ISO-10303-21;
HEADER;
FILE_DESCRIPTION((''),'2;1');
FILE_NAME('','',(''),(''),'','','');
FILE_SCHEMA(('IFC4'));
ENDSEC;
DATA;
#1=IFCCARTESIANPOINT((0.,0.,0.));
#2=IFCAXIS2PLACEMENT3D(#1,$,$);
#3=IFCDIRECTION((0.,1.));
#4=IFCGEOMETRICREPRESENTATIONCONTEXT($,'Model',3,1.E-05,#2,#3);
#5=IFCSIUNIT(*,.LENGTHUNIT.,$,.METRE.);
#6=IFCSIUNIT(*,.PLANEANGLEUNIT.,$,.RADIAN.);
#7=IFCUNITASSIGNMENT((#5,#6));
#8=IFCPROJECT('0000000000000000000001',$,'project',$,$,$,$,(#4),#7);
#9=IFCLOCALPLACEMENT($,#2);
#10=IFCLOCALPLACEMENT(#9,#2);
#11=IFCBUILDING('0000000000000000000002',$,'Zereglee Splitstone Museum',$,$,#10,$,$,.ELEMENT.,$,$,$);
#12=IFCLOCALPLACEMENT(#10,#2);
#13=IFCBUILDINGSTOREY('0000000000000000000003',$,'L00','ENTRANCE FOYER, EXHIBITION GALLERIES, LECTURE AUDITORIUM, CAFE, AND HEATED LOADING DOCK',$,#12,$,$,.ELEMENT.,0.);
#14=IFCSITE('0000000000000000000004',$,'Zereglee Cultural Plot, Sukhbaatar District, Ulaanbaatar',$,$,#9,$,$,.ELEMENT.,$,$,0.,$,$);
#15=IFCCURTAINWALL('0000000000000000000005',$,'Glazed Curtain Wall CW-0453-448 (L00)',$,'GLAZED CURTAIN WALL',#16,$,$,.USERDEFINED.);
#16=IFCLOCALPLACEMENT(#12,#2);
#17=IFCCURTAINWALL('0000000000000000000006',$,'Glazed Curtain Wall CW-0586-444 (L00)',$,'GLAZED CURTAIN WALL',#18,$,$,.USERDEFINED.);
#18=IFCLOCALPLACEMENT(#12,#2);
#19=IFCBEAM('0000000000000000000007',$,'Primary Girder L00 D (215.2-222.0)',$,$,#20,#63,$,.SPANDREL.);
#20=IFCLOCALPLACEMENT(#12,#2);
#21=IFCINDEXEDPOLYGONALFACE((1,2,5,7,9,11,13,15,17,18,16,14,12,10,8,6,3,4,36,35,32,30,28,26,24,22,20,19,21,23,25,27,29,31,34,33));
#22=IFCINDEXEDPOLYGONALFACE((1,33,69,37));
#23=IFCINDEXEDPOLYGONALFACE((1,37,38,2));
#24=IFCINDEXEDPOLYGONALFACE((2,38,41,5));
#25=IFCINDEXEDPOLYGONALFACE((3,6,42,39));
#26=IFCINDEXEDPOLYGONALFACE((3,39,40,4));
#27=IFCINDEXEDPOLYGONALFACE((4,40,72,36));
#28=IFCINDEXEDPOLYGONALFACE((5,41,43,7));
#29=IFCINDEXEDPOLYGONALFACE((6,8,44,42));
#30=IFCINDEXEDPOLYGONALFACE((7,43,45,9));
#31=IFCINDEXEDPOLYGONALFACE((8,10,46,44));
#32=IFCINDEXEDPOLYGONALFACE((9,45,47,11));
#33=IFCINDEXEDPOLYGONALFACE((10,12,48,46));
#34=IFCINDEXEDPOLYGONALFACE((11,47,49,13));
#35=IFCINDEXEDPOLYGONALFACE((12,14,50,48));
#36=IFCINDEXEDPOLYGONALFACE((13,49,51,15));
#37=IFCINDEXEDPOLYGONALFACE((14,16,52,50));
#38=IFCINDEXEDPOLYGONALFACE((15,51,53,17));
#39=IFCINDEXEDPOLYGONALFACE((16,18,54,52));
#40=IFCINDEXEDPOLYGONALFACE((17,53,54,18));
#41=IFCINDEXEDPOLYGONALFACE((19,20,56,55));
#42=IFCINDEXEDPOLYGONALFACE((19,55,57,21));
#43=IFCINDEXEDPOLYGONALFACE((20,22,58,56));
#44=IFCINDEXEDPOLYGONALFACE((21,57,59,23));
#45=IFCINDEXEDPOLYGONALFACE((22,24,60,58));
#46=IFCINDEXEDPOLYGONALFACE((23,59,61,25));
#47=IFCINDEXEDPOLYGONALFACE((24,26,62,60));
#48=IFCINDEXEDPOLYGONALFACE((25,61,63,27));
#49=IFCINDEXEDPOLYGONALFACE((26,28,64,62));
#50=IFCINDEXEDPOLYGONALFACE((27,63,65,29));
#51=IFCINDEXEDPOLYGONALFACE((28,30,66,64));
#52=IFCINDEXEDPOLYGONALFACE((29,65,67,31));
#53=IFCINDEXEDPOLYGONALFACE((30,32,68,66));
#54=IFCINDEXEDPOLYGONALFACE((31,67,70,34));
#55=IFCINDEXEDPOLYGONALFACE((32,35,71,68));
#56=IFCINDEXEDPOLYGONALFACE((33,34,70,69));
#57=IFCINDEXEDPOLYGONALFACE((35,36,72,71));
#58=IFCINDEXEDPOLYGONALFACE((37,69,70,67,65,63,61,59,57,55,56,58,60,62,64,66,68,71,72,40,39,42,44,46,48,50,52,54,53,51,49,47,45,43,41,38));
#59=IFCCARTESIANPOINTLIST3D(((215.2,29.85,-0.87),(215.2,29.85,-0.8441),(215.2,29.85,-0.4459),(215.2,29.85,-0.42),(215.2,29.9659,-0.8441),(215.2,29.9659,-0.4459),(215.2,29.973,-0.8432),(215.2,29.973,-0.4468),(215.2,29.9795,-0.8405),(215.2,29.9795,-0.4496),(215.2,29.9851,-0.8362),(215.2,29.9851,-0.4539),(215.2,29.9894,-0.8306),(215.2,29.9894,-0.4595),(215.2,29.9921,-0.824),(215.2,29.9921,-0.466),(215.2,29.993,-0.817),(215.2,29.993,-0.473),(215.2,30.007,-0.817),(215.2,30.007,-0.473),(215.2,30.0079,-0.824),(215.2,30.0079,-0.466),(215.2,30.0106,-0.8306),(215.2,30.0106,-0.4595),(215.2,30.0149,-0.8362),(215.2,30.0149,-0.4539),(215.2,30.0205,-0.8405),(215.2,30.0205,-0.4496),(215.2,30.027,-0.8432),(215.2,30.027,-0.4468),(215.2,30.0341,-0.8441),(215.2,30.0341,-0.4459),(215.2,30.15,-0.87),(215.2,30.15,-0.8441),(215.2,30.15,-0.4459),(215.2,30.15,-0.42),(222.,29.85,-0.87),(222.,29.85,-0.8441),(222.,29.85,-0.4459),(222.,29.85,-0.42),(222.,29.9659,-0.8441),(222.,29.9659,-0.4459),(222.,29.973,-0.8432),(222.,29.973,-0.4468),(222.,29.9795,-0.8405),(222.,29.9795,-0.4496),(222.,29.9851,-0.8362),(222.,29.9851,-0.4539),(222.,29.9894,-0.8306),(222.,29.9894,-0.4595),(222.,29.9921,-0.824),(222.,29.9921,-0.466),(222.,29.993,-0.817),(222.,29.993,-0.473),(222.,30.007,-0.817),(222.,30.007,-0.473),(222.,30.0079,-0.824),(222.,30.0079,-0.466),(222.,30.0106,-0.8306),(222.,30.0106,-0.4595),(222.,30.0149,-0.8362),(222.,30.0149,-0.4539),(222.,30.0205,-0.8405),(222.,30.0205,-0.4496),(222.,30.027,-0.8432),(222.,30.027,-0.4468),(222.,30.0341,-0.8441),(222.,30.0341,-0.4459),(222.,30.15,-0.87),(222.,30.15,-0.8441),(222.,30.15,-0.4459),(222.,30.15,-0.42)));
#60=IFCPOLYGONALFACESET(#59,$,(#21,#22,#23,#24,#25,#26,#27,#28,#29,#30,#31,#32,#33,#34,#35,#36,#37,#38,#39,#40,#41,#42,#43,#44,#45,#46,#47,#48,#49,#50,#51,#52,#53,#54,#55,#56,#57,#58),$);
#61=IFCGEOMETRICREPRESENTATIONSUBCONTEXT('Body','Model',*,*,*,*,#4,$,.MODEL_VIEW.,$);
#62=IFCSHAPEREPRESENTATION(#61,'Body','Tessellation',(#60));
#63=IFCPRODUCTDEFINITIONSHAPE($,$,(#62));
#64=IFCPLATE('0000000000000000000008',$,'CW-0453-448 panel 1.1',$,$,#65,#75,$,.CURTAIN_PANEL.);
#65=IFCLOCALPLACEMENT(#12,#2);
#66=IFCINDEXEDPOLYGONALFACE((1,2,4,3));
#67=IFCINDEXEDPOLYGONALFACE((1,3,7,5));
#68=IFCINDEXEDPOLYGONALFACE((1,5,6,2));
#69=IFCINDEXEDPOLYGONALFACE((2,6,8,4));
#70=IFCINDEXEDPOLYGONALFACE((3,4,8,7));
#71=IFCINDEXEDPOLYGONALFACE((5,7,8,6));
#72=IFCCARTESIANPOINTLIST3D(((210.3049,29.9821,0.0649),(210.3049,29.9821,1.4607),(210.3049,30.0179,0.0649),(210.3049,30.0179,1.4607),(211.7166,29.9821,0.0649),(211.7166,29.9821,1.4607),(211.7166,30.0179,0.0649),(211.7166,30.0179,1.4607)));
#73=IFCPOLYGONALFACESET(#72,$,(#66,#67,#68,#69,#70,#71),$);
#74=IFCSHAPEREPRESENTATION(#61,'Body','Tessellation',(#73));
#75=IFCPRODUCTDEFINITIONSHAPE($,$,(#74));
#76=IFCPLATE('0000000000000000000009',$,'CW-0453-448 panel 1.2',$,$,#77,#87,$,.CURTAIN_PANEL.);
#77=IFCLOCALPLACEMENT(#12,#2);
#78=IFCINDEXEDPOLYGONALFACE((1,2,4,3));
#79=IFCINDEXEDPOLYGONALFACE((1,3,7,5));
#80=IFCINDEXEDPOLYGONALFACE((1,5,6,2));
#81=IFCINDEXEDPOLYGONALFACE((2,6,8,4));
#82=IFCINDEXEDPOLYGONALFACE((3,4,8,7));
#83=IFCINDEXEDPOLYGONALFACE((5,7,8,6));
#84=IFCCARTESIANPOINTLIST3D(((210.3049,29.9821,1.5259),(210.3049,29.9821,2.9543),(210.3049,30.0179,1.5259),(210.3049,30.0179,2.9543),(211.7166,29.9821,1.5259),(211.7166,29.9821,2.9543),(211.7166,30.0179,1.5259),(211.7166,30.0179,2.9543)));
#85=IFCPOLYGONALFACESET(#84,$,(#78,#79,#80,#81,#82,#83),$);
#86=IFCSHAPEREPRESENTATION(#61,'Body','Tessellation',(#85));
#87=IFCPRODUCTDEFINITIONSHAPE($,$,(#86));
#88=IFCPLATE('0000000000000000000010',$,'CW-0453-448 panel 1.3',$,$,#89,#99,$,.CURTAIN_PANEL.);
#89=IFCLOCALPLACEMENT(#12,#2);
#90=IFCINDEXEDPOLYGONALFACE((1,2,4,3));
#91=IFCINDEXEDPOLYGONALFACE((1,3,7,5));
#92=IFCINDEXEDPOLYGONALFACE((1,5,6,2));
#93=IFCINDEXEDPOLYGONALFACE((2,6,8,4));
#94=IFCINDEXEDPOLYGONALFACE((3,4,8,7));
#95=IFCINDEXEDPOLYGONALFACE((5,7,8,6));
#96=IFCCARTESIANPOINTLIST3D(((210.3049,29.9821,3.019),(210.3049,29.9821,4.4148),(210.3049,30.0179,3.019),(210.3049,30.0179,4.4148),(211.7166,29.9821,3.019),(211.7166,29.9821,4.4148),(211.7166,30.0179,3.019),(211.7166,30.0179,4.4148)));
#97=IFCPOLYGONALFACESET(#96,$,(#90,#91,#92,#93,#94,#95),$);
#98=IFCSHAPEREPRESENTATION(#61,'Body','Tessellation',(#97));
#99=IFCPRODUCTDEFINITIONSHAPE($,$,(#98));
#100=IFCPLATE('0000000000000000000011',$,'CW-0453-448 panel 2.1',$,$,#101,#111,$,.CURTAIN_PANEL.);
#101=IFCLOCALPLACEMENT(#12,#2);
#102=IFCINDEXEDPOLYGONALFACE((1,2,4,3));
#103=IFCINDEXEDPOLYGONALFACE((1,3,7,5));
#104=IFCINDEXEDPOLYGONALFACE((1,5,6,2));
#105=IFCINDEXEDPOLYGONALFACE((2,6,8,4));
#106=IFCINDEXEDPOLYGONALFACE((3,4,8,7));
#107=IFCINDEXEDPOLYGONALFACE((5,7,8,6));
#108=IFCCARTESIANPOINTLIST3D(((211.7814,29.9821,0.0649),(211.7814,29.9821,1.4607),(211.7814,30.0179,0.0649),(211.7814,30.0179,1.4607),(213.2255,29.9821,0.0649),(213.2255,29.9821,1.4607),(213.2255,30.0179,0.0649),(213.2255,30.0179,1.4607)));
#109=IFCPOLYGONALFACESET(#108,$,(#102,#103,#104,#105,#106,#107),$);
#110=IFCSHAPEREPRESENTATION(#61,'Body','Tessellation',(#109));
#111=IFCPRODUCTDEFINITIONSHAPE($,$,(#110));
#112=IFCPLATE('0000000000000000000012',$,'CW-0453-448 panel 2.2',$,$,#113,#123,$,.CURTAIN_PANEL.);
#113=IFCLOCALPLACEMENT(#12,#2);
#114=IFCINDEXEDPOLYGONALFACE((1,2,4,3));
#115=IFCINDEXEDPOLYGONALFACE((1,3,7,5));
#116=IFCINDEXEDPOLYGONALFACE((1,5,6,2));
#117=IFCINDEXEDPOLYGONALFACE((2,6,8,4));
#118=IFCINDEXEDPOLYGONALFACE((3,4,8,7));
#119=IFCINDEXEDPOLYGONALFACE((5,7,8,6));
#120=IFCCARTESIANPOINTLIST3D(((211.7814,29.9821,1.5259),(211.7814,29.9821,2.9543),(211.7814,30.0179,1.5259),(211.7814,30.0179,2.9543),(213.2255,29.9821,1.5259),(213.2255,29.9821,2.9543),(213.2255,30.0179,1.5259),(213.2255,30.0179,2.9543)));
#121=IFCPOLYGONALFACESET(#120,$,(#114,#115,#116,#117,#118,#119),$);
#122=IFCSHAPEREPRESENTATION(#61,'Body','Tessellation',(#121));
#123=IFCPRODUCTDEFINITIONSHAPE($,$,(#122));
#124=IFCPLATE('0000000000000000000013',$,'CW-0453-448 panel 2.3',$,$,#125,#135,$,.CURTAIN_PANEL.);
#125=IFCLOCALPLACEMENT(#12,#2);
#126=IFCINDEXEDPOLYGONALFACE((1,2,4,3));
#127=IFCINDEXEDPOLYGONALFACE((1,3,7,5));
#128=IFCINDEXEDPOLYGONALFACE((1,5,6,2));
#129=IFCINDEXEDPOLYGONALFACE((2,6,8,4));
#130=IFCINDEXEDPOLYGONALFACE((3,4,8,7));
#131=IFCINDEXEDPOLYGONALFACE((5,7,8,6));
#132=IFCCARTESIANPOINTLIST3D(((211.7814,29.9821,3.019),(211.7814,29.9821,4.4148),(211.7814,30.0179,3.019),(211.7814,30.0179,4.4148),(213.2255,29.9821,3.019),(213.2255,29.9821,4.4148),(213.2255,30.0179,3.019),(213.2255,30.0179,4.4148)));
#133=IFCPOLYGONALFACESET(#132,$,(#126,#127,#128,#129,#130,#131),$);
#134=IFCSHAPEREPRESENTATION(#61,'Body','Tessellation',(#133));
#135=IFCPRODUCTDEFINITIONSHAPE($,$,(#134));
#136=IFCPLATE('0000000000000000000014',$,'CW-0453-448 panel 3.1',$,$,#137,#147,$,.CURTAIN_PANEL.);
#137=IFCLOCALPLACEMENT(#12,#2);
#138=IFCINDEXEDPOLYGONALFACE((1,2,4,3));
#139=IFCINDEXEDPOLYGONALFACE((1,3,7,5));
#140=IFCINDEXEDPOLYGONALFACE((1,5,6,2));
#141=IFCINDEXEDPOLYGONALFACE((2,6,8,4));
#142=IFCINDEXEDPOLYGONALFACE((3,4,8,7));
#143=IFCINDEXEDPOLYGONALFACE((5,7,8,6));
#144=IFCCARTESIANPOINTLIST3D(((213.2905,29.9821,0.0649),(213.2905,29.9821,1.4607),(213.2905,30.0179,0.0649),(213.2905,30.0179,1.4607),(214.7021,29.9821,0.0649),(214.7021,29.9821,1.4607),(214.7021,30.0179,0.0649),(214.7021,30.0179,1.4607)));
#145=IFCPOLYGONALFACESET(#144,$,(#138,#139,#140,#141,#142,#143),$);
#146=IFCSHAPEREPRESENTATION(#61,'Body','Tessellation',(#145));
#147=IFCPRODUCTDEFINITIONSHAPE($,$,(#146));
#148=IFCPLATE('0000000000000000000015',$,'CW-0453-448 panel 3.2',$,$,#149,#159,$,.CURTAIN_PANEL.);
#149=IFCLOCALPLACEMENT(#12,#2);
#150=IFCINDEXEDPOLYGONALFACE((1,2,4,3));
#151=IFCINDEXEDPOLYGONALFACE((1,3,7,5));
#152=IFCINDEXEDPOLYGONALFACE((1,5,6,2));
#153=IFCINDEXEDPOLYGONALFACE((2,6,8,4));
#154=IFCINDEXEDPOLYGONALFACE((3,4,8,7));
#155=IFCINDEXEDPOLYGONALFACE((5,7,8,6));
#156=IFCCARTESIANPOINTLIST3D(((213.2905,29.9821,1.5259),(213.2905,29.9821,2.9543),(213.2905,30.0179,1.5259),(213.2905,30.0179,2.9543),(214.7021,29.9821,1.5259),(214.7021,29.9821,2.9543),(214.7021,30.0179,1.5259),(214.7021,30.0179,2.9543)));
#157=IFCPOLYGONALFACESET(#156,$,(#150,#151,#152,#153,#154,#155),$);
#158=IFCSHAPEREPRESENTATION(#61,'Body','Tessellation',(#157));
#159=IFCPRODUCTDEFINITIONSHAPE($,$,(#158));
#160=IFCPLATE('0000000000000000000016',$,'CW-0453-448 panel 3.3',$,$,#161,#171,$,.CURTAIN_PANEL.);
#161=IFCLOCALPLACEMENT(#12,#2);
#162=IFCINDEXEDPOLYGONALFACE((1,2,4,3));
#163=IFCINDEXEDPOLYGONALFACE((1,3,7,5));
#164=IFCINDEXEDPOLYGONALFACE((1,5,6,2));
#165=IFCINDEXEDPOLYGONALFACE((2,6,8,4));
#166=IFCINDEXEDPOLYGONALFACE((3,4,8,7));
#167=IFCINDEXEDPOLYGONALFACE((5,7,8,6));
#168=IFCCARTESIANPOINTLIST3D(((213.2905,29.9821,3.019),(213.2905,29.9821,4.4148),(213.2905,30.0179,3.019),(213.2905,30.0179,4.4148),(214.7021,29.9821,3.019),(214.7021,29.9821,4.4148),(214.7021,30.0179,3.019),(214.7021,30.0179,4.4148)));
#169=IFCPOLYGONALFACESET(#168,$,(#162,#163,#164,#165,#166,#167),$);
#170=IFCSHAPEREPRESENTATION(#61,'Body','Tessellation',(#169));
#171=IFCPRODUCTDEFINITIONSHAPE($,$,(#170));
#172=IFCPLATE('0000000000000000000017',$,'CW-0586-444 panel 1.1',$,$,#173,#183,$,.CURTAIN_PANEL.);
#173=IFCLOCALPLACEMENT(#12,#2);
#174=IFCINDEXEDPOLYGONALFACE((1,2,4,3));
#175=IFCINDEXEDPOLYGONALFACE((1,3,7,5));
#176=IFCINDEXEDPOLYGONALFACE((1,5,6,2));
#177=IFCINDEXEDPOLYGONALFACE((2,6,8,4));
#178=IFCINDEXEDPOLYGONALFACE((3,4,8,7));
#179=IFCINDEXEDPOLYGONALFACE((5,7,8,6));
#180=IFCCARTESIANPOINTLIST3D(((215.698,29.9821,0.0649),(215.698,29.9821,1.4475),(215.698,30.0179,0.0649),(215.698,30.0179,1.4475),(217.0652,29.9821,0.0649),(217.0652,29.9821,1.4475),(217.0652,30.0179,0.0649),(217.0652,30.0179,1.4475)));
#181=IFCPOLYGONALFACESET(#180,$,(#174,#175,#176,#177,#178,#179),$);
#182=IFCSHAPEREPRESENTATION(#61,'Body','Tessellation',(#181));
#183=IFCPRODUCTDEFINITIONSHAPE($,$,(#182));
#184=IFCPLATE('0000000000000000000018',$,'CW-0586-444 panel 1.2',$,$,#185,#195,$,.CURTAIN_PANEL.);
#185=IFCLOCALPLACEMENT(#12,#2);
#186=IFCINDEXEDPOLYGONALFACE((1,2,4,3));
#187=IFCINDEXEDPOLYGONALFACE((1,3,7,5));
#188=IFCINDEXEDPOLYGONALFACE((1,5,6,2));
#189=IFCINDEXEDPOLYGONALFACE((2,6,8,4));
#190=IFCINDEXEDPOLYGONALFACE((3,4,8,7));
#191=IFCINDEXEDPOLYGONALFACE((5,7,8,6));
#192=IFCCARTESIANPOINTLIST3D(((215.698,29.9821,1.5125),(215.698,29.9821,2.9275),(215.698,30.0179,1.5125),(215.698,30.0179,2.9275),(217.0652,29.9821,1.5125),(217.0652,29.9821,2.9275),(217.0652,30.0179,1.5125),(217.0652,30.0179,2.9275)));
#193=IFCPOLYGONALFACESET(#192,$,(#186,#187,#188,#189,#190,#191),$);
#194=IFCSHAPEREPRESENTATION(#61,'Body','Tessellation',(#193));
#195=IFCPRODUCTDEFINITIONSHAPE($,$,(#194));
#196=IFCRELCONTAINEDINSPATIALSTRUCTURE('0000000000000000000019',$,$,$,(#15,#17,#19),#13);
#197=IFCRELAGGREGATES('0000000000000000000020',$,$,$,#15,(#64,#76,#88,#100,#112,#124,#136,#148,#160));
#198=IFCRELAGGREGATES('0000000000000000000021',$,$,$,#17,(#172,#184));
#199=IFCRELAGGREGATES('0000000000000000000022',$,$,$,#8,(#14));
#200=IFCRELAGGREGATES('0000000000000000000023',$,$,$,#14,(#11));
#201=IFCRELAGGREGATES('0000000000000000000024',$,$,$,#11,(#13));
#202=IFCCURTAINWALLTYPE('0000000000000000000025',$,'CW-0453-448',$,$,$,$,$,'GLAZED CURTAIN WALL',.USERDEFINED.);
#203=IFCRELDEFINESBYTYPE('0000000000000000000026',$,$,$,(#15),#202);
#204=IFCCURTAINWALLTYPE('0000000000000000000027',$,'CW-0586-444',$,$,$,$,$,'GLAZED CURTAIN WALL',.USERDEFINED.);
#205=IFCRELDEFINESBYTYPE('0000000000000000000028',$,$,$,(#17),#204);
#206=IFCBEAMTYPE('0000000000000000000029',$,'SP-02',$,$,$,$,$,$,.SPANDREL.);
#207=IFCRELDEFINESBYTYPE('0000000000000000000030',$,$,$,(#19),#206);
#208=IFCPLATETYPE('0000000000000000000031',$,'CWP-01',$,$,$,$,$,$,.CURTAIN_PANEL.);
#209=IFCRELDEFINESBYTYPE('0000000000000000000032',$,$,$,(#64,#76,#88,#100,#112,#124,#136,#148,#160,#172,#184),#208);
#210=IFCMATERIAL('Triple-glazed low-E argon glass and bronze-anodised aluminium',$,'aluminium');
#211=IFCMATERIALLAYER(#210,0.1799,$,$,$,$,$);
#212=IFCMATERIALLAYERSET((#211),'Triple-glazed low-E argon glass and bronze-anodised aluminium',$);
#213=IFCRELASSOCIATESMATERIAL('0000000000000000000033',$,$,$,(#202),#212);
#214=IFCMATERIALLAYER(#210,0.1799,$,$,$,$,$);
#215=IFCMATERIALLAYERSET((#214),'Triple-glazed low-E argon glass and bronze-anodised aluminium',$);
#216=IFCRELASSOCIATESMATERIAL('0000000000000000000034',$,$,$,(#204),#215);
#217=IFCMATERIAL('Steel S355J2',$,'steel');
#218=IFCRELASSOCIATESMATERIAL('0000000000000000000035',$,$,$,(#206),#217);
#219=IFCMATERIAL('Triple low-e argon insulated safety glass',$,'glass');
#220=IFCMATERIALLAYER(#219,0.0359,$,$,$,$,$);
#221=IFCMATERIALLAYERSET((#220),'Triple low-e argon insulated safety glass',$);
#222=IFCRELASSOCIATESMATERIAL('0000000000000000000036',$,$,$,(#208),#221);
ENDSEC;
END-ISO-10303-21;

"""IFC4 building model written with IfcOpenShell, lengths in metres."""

from ifc_helpers import new_model, si_unit, direction, frame, origin, origin_2d, place, context, subcontext, project, spatial, rectangle, i_section, extrude, material, layer, layer_set, material_profile, profile_set, type_object, element, aggregate, save


model = new_model("IFC4")

# Units and contexts
model_context = context("Model", 3, precision=1e-05, world=origin(), true_north=direction((0.0, 1.0)))
body_context = subcontext(model_context, "Body", "Model", "MODEL_VIEW")
ifc_project = project(units=[si_unit("LENGTHUNIT", "METRE"), si_unit("PLANEANGLEUNIT", "RADIAN")], contexts=[model_context])

# Site, building, storey
site_placement = place(None, origin())
site = spatial("IfcSite", under=ifc_project, at=site_placement, Name="Zereglee Cultural Plot, Sukhbaatar District, Ulaanbaatar", CompositionType="ELEMENT", RefElevation=0.0)
building_placement = place(site_placement, origin())
building = spatial("IfcBuilding", under=site, at=building_placement, Name="Zereglee Splitstone Museum", CompositionType="ELEMENT")
storey_placement = place(building_placement, origin())
storey = spatial("IfcBuildingStorey", under=building, at=storey_placement, Name="L00", Description="ENTRANCE FOYER, EXHIBITION GALLERIES, LECTURE AUDITORIUM, CAFE, AND HEATED LOADING DOCK", CompositionType="ELEMENT", Elevation=0.0)

# Curtain walls
ifc_material_1 = material(Name="Triple-glazed low-E argon glass and bronze-anodised aluminium", Category="aluminium")
ifc_layer_1 = layer(ifc_material_1, 0.1799)
ifc_layer_set_1 = layer_set([ifc_layer_1], Name="Triple-glazed low-E argon glass and bronze-anodised aluminium")
curtain_wall_type_1 = type_object("IfcCurtainWallType", Name="CW-0453-448", ElementType="GLAZED CURTAIN WALL", PredefinedType="USERDEFINED", material=ifc_layer_set_1)
curtain_wall_1_placement = place(storey_placement, origin())
curtain_wall_1 = element("IfcCurtainWall", 1, at=curtain_wall_1_placement, inside=storey, type_object=curtain_wall_type_1, Name="Glazed Curtain Wall CW-0453-448 (L00)", ObjectType="GLAZED CURTAIN WALL", PredefinedType="USERDEFINED")
ifc_layer_2 = layer(ifc_material_1, 0.1799)
ifc_layer_set_2 = layer_set([ifc_layer_2], Name="Triple-glazed low-E argon glass and bronze-anodised aluminium")
curtain_wall_type_2 = type_object("IfcCurtainWallType", Name="CW-0586-444", ElementType="GLAZED CURTAIN WALL", PredefinedType="USERDEFINED", material=ifc_layer_set_2)
curtain_wall_2_placement = place(storey_placement, origin())
curtain_wall_2 = element("IfcCurtainWall", 2, at=curtain_wall_2_placement, inside=storey, type_object=curtain_wall_type_2, Name="Glazed Curtain Wall CW-0586-444 (L00)", ObjectType="GLAZED CURTAIN WALL", PredefinedType="USERDEFINED")

# Beam
ifc_material_2 = material(Name="Steel S355J2", Category="steel")
ifc_material_profile_1 = material_profile(ifc_material_2, i_section(OverallWidth=0.3, OverallDepth=0.45, WebThickness=0.0139, FlangeThickness=0.0259, FilletRadius=0.0271, at=origin_2d()), Name="HE 450 B")
ifc_profile_set_1 = profile_set([ifc_material_profile_1], Name="Steel S355J2")
beam_type_1 = type_object("IfcBeamType", Name="SP-02", PredefinedType="SPANDREL", material=ifc_profile_set_1)
beam_1_placement = place(storey_placement, frame((215.2, 30.0, -0.645), z_axis=(1.0, 0.0, 0.0), x_axis=(0.0, 1.0, 0.0)))
element("IfcBeam", 3, at=beam_1_placement, inside=storey, type_object=beam_type_1, Name="Primary Girder L00 D (215.2-222.0)", PredefinedType="SPANDREL", context=body_context, shape_type="SweptSolid", body=[
    extrude(i_section(OverallWidth=0.3, OverallDepth=0.45, WebThickness=0.0139, FlangeThickness=0.0259, FilletRadius=0.0271, at=origin_2d()), origin(), (0.0, 0.0, 1.0), 6.8),
])

# Plates
ifc_material_3 = material(Name="Triple low-e argon insulated safety glass", Category="glass")
ifc_layer_3 = layer(ifc_material_3, 0.0359)
ifc_layer_set_3 = layer_set([ifc_layer_3], Name="Triple low-e argon insulated safety glass")
plate_type = type_object("IfcPlateType", Name="CWP-01", PredefinedType="CURTAIN_PANEL", material=ifc_layer_set_3)
plate_1_placement = place(storey_placement, frame((211.0107, 30.0, 0.0649), z_axis=(0.0, 0.0, 1.0), x_axis=(1.0, 0.0, 0.0)))
plate_1 = element("IfcPlate", 4, at=plate_1_placement, type_object=plate_type, Name="CW-0453-448 panel 1.1", PredefinedType="CURTAIN_PANEL", context=body_context, shape_type="SweptSolid", body=[
    extrude(rectangle(XDim=1.4116, YDim=0.0359, at=origin_2d()), origin(), (0.0, 0.0, 1.0), 1.3958),
])
plate_2_placement = place(storey_placement, frame((211.0107, 30.0, 1.5259), z_axis=(0.0, 0.0, 1.0), x_axis=(1.0, 0.0, 0.0)))
plate_2 = element("IfcPlate", 5, at=plate_2_placement, type_object=plate_type, Name="CW-0453-448 panel 1.2", PredefinedType="CURTAIN_PANEL", context=body_context, shape_type="SweptSolid", body=[
    extrude(rectangle(XDim=1.4116, YDim=0.0359, at=origin_2d()), origin(), (0.0, 0.0, 1.0), 1.4285),
])
plate_3_placement = place(storey_placement, frame((211.0107, 30.0, 3.019), z_axis=(0.0, 0.0, 1.0), x_axis=(1.0, 0.0, 0.0)))
plate_3 = element("IfcPlate", 6, at=plate_3_placement, type_object=plate_type, Name="CW-0453-448 panel 1.3", PredefinedType="CURTAIN_PANEL", context=body_context, shape_type="SweptSolid", body=[
    extrude(rectangle(XDim=1.4116, YDim=0.0359, at=origin_2d()), origin(), (0.0, 0.0, 1.0), 1.3958),
])
plate_4_placement = place(storey_placement, frame((212.5034, 30.0, 0.0649), z_axis=(0.0, 0.0, 1.0), x_axis=(1.0, 0.0, 0.0)))
plate_4 = element("IfcPlate", 7, at=plate_4_placement, type_object=plate_type, Name="CW-0453-448 panel 2.1", PredefinedType="CURTAIN_PANEL", context=body_context, shape_type="SweptSolid", body=[
    extrude(rectangle(XDim=1.4441, YDim=0.0359, at=origin_2d()), origin(), (0.0, 0.0, 1.0), 1.3958),
])
plate_5_placement = place(storey_placement, frame((212.5034, 30.0, 1.5259), z_axis=(0.0, 0.0, 1.0), x_axis=(1.0, 0.0, 0.0)))
plate_5 = element("IfcPlate", 8, at=plate_5_placement, type_object=plate_type, Name="CW-0453-448 panel 2.2", PredefinedType="CURTAIN_PANEL", context=body_context, shape_type="SweptSolid", body=[
    extrude(rectangle(XDim=1.4441, YDim=0.0359, at=origin_2d()), origin(), (0.0, 0.0, 1.0), 1.4285),
])
plate_6_placement = place(storey_placement, frame((212.5034, 30.0, 3.019), z_axis=(0.0, 0.0, 1.0), x_axis=(1.0, 0.0, 0.0)))
plate_6 = element("IfcPlate", 9, at=plate_6_placement, type_object=plate_type, Name="CW-0453-448 panel 2.3", PredefinedType="CURTAIN_PANEL", context=body_context, shape_type="SweptSolid", body=[
    extrude(rectangle(XDim=1.4441, YDim=0.0359, at=origin_2d()), origin(), (0.0, 0.0, 1.0), 1.3958),
])
plate_7_placement = place(storey_placement, frame((213.9963, 30.0, 0.0649), z_axis=(0.0, 0.0, 1.0), x_axis=(1.0, 0.0, 0.0)))
plate_7 = element("IfcPlate", 10, at=plate_7_placement, type_object=plate_type, Name="CW-0453-448 panel 3.1", PredefinedType="CURTAIN_PANEL", context=body_context, shape_type="SweptSolid", body=[
    extrude(rectangle(XDim=1.4116, YDim=0.0359, at=origin_2d()), origin(), (0.0, 0.0, 1.0), 1.3958),
])
plate_8_placement = place(storey_placement, frame((213.9963, 30.0, 1.5259), z_axis=(0.0, 0.0, 1.0), x_axis=(1.0, 0.0, 0.0)))
plate_8 = element("IfcPlate", 11, at=plate_8_placement, type_object=plate_type, Name="CW-0453-448 panel 3.2", PredefinedType="CURTAIN_PANEL", context=body_context, shape_type="SweptSolid", body=[
    extrude(rectangle(XDim=1.4116, YDim=0.0359, at=origin_2d()), origin(), (0.0, 0.0, 1.0), 1.4285),
])
plate_9_placement = place(storey_placement, frame((213.9963, 30.0, 3.019), z_axis=(0.0, 0.0, 1.0), x_axis=(1.0, 0.0, 0.0)))
plate_9 = element("IfcPlate", 12, at=plate_9_placement, type_object=plate_type, Name="CW-0453-448 panel 3.3", PredefinedType="CURTAIN_PANEL", context=body_context, shape_type="SweptSolid", body=[
    extrude(rectangle(XDim=1.4116, YDim=0.0359, at=origin_2d()), origin(), (0.0, 0.0, 1.0), 1.3958),
])
aggregate(curtain_wall_1, [plate_1, plate_2, plate_3, plate_4, plate_5, plate_6, plate_7, plate_8, plate_9])
plate_10_placement = place(storey_placement, frame((216.3816, 30.0, 0.0649), z_axis=(0.0, 0.0, 1.0), x_axis=(1.0, 0.0, 0.0)))
plate_10 = element("IfcPlate", 13, at=plate_10_placement, type_object=plate_type, Name="CW-0586-444 panel 1.1", PredefinedType="CURTAIN_PANEL", context=body_context, shape_type="SweptSolid", body=[
    extrude(rectangle(XDim=1.3672, YDim=0.0359, at=origin_2d()), origin(), (0.0, 0.0, 1.0), 1.3826),
])
plate_11_placement = place(storey_placement, frame((216.3816, 30.0, 1.5125), z_axis=(0.0, 0.0, 1.0), x_axis=(1.0, 0.0, 0.0)))
plate_11 = element("IfcPlate", 14, at=plate_11_placement, type_object=plate_type, Name="CW-0586-444 panel 1.2", PredefinedType="CURTAIN_PANEL", context=body_context, shape_type="SweptSolid", body=[
    extrude(rectangle(XDim=1.3672, YDim=0.0359, at=origin_2d()), origin(), (0.0, 0.0, 1.0), 1.415),
])
aggregate(curtain_wall_2, [plate_10, plate_11])

save(model, "model.ifc")
